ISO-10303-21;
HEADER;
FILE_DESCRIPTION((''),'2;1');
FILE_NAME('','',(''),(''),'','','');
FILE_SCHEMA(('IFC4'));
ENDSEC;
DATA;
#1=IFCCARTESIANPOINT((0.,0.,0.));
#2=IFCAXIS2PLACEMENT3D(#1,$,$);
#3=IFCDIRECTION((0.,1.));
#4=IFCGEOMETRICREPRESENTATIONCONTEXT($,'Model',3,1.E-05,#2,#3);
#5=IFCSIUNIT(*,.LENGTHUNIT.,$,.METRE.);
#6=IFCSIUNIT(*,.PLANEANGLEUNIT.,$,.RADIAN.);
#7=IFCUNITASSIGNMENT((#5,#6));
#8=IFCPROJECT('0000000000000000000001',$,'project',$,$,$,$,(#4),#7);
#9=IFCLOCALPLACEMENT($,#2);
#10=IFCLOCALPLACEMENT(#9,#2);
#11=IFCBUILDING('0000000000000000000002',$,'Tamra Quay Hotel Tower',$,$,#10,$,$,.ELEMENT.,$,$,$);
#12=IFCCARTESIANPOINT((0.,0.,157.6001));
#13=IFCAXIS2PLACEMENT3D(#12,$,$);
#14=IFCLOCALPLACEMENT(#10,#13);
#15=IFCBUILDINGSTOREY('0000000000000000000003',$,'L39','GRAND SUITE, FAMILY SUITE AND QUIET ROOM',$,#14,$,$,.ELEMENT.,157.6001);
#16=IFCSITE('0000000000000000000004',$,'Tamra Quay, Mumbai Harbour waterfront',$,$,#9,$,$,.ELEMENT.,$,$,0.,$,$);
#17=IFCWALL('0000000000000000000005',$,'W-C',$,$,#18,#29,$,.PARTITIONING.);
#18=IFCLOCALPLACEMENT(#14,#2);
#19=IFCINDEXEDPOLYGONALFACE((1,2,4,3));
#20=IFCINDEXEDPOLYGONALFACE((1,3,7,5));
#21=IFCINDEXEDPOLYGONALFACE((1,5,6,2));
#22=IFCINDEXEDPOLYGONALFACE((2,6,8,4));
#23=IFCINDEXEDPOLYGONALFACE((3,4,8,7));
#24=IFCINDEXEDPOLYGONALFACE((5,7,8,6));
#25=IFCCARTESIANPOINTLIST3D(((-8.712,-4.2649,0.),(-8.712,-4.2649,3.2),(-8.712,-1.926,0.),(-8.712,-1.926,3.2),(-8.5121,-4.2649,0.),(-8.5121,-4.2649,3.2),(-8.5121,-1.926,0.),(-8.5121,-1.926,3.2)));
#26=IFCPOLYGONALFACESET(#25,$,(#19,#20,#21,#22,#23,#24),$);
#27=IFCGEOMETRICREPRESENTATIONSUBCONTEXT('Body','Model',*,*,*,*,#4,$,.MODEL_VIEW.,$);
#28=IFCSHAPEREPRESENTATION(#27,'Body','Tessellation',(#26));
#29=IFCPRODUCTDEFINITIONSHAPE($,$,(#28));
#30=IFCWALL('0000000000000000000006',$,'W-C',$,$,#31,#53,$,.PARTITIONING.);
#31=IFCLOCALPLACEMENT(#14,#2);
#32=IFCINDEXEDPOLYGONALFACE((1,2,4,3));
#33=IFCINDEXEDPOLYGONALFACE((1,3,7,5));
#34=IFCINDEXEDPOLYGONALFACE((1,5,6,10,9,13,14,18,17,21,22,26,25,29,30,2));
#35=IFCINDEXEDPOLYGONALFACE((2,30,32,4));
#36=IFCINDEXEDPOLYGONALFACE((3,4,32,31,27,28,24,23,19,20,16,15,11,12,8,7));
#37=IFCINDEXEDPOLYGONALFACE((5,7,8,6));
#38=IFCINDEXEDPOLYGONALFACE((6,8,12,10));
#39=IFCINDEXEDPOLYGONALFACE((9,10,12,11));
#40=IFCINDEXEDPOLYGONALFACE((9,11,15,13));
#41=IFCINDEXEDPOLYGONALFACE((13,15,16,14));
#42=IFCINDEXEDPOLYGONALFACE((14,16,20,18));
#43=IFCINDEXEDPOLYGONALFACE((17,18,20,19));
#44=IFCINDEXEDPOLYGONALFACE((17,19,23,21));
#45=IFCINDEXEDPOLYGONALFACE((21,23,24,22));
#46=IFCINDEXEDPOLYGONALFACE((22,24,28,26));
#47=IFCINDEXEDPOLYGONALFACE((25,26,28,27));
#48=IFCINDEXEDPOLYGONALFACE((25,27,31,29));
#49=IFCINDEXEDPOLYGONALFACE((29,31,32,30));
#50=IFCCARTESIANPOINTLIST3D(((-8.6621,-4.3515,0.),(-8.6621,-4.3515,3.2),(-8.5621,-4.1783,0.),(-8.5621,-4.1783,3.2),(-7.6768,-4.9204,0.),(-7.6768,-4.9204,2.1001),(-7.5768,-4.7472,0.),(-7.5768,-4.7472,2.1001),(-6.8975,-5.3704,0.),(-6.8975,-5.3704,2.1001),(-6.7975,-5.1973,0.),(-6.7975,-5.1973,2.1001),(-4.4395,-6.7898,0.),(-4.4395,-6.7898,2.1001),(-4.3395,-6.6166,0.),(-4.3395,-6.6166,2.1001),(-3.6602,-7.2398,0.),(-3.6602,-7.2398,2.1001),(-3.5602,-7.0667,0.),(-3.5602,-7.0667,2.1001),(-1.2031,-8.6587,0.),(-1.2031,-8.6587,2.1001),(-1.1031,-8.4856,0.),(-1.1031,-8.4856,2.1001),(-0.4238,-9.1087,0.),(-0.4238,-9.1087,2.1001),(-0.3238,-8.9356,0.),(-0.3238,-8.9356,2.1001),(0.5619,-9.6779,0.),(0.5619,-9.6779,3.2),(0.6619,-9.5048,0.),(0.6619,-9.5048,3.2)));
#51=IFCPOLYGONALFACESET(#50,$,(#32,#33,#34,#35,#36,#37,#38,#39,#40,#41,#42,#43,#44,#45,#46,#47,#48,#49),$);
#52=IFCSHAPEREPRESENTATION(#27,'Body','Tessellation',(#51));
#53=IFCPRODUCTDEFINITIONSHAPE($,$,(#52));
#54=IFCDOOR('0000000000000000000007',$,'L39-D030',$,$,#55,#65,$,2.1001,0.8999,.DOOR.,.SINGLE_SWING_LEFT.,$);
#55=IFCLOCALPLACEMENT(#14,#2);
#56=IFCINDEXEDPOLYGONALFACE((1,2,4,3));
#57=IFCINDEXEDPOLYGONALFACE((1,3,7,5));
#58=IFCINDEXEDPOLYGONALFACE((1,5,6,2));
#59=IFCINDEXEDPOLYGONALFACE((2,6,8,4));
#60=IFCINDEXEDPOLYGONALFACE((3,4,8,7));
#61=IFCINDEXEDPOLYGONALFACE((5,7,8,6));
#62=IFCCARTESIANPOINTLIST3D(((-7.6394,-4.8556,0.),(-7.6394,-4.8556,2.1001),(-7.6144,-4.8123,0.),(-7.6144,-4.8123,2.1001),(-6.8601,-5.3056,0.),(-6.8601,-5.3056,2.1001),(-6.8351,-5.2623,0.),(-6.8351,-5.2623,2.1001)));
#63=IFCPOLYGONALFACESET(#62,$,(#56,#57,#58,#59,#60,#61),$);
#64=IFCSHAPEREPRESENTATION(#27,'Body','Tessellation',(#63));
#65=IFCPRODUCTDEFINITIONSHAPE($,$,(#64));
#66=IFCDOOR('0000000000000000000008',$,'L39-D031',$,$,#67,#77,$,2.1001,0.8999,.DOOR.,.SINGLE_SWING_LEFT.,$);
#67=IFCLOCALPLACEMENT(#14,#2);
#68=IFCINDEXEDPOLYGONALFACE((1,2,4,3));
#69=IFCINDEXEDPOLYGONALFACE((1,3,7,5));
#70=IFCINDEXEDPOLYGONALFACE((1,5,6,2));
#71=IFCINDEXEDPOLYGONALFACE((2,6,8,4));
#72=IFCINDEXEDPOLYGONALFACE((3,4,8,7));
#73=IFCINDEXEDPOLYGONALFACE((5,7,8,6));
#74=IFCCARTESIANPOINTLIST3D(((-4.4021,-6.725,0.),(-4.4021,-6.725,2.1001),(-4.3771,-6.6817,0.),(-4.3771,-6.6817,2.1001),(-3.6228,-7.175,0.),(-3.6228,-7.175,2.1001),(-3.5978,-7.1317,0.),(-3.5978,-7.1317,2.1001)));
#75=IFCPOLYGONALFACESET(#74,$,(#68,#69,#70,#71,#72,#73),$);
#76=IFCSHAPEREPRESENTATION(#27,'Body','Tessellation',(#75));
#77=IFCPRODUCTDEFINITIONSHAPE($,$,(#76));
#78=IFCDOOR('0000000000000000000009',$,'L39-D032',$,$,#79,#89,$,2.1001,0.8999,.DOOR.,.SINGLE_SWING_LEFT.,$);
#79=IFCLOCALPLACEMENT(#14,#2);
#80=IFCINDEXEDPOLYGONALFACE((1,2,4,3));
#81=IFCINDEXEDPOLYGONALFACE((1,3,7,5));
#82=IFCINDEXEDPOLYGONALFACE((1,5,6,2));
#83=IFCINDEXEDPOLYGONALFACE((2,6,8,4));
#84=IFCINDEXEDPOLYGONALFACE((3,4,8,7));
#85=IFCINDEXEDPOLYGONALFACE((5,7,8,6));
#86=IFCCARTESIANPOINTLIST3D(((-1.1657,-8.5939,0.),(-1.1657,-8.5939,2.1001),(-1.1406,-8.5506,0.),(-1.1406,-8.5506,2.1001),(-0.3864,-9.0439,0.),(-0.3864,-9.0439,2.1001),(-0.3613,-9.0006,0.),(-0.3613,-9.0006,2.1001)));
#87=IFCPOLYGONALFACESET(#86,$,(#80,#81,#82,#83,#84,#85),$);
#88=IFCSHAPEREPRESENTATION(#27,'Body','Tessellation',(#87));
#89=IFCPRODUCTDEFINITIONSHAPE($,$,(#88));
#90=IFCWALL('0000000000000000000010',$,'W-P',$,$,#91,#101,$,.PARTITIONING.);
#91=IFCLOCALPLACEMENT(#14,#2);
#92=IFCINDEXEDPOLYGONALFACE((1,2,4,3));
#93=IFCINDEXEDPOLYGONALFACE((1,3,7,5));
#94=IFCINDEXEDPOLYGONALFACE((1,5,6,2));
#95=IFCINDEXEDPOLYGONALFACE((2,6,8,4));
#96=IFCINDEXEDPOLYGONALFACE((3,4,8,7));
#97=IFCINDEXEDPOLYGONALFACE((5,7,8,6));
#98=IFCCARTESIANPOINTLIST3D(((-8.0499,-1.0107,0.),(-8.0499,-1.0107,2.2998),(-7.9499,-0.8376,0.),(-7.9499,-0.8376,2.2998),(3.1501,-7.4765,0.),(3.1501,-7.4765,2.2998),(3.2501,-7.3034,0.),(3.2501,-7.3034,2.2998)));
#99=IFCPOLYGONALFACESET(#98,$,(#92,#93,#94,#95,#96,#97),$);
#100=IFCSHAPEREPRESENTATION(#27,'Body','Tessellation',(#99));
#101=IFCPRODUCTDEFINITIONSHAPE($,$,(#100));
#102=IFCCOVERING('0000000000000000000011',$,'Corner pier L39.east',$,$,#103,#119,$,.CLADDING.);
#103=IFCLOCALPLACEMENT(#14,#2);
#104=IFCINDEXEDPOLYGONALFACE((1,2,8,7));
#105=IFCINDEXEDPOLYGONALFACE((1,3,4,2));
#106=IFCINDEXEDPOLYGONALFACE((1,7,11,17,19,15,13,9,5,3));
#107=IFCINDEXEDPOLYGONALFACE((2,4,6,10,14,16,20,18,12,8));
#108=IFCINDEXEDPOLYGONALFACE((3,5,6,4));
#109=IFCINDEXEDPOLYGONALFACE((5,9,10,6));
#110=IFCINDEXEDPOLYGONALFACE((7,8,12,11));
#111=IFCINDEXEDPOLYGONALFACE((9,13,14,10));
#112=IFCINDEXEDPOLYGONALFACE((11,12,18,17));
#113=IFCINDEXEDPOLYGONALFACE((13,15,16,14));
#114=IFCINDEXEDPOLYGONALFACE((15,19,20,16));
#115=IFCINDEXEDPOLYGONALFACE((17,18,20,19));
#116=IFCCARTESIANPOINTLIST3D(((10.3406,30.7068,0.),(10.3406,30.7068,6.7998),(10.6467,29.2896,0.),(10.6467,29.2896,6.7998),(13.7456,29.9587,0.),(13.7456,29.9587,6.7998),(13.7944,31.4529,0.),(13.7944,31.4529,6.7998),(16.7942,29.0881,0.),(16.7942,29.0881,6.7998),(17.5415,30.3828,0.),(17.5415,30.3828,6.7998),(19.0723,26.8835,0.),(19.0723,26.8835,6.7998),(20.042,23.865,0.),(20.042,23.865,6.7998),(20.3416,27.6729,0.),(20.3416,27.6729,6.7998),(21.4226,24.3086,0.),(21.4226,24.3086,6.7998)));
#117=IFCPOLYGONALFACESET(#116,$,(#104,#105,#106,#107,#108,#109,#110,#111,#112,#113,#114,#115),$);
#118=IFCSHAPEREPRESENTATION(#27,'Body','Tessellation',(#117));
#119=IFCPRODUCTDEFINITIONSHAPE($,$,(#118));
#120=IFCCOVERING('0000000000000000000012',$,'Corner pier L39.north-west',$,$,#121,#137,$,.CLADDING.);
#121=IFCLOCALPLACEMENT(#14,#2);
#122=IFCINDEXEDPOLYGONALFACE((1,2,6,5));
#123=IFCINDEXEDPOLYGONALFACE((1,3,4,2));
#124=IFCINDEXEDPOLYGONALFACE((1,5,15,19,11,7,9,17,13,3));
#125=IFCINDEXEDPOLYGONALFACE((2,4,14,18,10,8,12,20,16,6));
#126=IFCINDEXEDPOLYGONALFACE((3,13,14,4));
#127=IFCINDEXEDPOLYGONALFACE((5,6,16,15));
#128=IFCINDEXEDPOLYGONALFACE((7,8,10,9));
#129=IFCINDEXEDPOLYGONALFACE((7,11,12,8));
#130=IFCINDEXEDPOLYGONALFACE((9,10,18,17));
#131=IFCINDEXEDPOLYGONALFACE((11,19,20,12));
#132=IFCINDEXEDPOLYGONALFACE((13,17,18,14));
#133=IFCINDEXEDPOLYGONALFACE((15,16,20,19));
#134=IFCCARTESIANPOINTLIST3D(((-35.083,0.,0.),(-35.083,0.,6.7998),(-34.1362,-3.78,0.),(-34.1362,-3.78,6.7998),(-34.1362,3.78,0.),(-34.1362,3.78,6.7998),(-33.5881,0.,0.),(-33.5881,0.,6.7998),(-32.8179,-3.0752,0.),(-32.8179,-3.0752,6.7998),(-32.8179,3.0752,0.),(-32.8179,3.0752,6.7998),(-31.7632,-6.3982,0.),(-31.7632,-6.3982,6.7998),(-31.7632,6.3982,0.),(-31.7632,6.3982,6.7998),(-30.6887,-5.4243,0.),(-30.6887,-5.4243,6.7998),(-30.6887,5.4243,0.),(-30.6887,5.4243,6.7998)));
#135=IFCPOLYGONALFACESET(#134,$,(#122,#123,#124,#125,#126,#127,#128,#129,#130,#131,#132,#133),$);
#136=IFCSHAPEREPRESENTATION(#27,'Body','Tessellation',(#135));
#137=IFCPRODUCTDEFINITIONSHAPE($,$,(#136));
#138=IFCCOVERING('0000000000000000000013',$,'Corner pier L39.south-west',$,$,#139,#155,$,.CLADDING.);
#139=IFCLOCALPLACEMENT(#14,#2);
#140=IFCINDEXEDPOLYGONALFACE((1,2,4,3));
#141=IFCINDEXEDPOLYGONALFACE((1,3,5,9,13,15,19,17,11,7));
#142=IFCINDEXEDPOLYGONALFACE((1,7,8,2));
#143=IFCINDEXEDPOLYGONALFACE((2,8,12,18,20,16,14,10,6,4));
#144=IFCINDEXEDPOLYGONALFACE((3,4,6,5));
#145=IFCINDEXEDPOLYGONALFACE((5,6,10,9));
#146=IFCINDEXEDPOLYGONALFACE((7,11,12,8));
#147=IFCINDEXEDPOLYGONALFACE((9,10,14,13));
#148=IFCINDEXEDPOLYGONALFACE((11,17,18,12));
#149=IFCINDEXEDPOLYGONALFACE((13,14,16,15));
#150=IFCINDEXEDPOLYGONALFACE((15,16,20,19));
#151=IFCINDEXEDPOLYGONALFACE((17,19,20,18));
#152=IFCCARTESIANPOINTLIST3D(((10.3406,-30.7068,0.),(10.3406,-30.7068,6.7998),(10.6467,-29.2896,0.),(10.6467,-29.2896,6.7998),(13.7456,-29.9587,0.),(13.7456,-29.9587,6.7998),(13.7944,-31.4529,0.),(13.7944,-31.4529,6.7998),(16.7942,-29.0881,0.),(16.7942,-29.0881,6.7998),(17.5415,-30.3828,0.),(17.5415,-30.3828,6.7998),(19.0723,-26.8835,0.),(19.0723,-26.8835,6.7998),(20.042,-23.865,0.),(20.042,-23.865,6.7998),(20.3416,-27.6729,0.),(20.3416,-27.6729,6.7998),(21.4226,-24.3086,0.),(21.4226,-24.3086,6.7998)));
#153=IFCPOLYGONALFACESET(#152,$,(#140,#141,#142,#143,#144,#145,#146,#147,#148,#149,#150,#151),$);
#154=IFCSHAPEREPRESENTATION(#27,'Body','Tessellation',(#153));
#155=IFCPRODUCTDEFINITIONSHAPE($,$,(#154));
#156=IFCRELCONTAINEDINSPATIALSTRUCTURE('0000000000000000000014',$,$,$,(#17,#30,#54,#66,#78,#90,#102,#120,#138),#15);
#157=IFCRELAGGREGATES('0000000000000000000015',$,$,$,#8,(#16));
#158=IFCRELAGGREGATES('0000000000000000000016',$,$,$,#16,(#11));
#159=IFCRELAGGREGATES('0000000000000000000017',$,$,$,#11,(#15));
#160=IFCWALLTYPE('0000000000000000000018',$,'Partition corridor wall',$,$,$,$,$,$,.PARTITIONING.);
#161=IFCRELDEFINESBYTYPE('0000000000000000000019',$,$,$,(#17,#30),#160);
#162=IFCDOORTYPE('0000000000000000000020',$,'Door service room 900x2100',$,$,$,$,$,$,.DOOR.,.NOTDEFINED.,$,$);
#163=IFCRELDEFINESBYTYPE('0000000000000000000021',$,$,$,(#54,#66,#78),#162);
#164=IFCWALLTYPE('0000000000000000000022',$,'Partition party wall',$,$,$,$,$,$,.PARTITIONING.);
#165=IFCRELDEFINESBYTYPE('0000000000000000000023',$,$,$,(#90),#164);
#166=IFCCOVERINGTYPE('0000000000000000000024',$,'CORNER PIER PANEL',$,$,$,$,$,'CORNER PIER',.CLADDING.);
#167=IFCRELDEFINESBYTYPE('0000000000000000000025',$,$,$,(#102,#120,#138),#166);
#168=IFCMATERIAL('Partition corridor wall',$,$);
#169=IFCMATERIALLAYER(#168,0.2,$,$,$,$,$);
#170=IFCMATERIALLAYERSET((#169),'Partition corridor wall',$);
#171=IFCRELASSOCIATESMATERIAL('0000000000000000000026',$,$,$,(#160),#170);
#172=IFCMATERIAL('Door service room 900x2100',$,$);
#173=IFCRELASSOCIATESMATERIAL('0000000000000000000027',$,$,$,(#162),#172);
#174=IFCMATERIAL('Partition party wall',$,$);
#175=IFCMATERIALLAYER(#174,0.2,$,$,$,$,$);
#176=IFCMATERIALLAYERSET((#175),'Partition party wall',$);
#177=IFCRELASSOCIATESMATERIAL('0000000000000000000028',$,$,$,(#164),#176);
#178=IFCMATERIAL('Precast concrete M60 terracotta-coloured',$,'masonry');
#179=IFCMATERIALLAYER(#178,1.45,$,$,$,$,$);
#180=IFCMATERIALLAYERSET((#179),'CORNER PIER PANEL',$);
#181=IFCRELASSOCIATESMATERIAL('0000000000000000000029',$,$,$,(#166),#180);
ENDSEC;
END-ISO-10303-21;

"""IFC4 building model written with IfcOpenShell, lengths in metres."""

from ifc_helpers import new_model, si_unit, direction, frame, frame_2d, origin, place, context, subcontext, project, spatial, polyline, rectangle, outline, extrude, material, layer, layer_set, type_object, element, fill, save


model = new_model("IFC4")

# Units and contexts
model_context = context("Model", 3, precision=1e-05, world=origin(), true_north=direction((0.0, 1.0)))
body_context = subcontext(model_context, "Body", "Model", "MODEL_VIEW")
ifc_project = project(units=[si_unit("LENGTHUNIT", "METRE"), si_unit("PLANEANGLEUNIT", "RADIAN")], contexts=[model_context])

# Site, building, storey
site_placement = place(None, origin())
site = spatial("IfcSite", under=ifc_project, at=site_placement, Name="Tamra Quay, Mumbai Harbour waterfront", CompositionType="ELEMENT", RefElevation=0.0)
building_placement = place(site_placement, origin())
building = spatial("IfcBuilding", under=site, at=building_placement, Name="Tamra Quay Hotel Tower", CompositionType="ELEMENT")
storey_placement = place(building_placement, frame((0.0, 0.0, 157.6001)))
storey = spatial("IfcBuildingStorey", under=building, at=storey_placement, Name="L39", Description="GRAND SUITE, FAMILY SUITE AND QUIET ROOM", CompositionType="ELEMENT", Elevation=157.6001)

# Shared definitions
ifc_material_1 = material(Name="Partition corridor wall")
ifc_layer_1 = layer(ifc_material_1, 0.2)
ifc_layer_set_1 = layer_set([ifc_layer_1], Name="Partition corridor wall")
wall_type_1 = type_object("IfcWallType", Name="Partition corridor wall", PredefinedType="PARTITIONING", material=ifc_layer_set_1)

# Wall
wall_1_placement = place(storey_placement, frame((-8.6121, -4.2649, 0.0), z_axis=(0.0, 0.0, 1.0), x_axis=(0.0, 1.0, 0.0)))
element("IfcWall", 1, at=wall_1_placement, inside=storey, type_object=wall_type_1, Name="W-C", PredefinedType="PARTITIONING", context=body_context, shape_type="SweptSolid", body=[
    extrude(rectangle(XDim=2.3389, YDim=0.2, at=frame_2d((1.1694, 0.0))), origin(), (0.0, 0.0, 1.0), 3.2),
])

# Wall, openings, doors
wall_2_placement = place(storey_placement, frame((-8.6121, -4.2649, 0.0), z_axis=(0.0, 0.0, 1.0), x_axis=(0.865984, -0.500071, 0.0)))
wall_2 = element("IfcWall", 2, at=wall_2_placement, inside=storey, type_object=wall_type_1, Name="W-C", PredefinedType="PARTITIONING", context=body_context, shape_type="SweptSolid", body=[
    extrude(rectangle(XDim=10.6514, YDim=0.2, at=frame_2d((5.3257, 0.0))), origin(), (0.0, 0.0, 1.0), 3.2),
])
opening_1_placement = place(wall_2_placement, frame((1.1377, 0.0, 0.0)))
opening_1 = element("IfcOpeningElement", 3, at=opening_1_placement, cuts=wall_2, PredefinedType="OPENING", context=body_context, shape_type="SweptSolid", body=[
    extrude(rectangle(XDim=0.8999, YDim=2.1001, at=frame_2d((0.45, 1.05))), frame((0.0, 0.1099, 0.0), z_axis=(0.0, -1.0, 0.0), x_axis=(1.0, 0.0, 0.0)), (0.0, 0.0, 1.0), 0.22),
])
opening_2_placement = place(wall_2_placement, frame((4.876, 0.0, 0.0)))
opening_2 = element("IfcOpeningElement", 4, at=opening_2_placement, cuts=wall_2, PredefinedType="OPENING", context=body_context, shape_type="SweptSolid", body=[
    extrude(rectangle(XDim=0.8999, YDim=2.1001, at=frame_2d((0.45, 1.05))), frame((0.0, 0.1099, 0.0), z_axis=(0.0, -1.0, 0.0), x_axis=(1.0, 0.0, 0.0)), (0.0, 0.0, 1.0), 0.22),
])
opening_3_placement = place(wall_2_placement, frame((8.6133, 0.0, 0.0)))
opening_3 = element("IfcOpeningElement", 5, at=opening_3_placement, cuts=wall_2, PredefinedType="OPENING", context=body_context, shape_type="SweptSolid", body=[
    extrude(rectangle(XDim=0.8999, YDim=2.1001, at=frame_2d((0.45, 1.05))), frame((0.0, 0.1099, 0.0), z_axis=(0.0, -1.0, 0.0), x_axis=(1.0, 0.0, 0.0)), (0.0, 0.0, 1.0), 0.22),
])
ifc_material_2 = material(Name="Door service room 900x2100")
door_type_1 = type_object("IfcDoorType", Name="Door service room 900x2100", OperationType="NOTDEFINED", PredefinedType="DOOR", material=ifc_material_2)
door_1_placement = place(opening_1_placement, origin())
door_1 = element("IfcDoor", 6, at=door_1_placement, inside=storey, type_object=door_type_1, Name="L39-D030", OperationType="SINGLE_SWING_LEFT", OverallHeight=2.1001, OverallWidth=0.8999, PredefinedType="DOOR", context=body_context, shape_type="SweptSolid", body=[
    extrude(rectangle(XDim=0.8999, YDim=2.1001, at=frame_2d((0.45, 1.05))), frame((0.0, 0.0249, 0.0), z_axis=(0.0, -1.0, 0.0), x_axis=(1.0, 0.0, 0.0)), (0.0, 0.0, 1.0), 0.05),
])
fill(opening_1, door_1)
door_2_placement = place(opening_2_placement, origin())
door_2 = element("IfcDoor", 7, at=door_2_placement, inside=storey, type_object=door_type_1, Name="L39-D031", OperationType="SINGLE_SWING_LEFT", OverallHeight=2.1001, OverallWidth=0.8999, PredefinedType="DOOR", context=body_context, shape_type="SweptSolid", body=[
    extrude(rectangle(XDim=0.8999, YDim=2.1001, at=frame_2d((0.45, 1.05))), frame((0.0, 0.0249, 0.0), z_axis=(0.0, -1.0, 0.0), x_axis=(1.0, 0.0, 0.0)), (0.0, 0.0, 1.0), 0.05),
])
fill(opening_2, door_2)
door_3_placement = place(opening_3_placement, origin())
door_3 = element("IfcDoor", 8, at=door_3_placement, inside=storey, type_object=door_type_1, Name="L39-D032", OperationType="SINGLE_SWING_LEFT", OverallHeight=2.1001, OverallWidth=0.8999, PredefinedType="DOOR", context=body_context, shape_type="SweptSolid", body=[
    extrude(rectangle(XDim=0.8999, YDim=2.1001, at=frame_2d((0.45, 1.05))), frame((0.0, 0.0249, 0.0), z_axis=(0.0, -1.0, 0.0), x_axis=(1.0, 0.0, 0.0)), (0.0, 0.0, 1.0), 0.05),
])
fill(opening_3, door_3)

# Wall
ifc_material_3 = material(Name="Partition party wall")
ifc_layer_2 = layer(ifc_material_3, 0.2)
ifc_layer_set_2 = layer_set([ifc_layer_2], Name="Partition party wall")
wall_type_2 = type_object("IfcWallType", Name="Partition party wall", PredefinedType="PARTITIONING", material=ifc_layer_set_2)
wall_3_placement = place(storey_placement, frame((-8.0, -0.9241, 0.0), z_axis=(0.0, 0.0, 1.0), x_axis=(0.866041, -0.499972, 0.0)))
element("IfcWall", 9, at=wall_3_placement, inside=storey, type_object=wall_type_2, Name="W-P", PredefinedType="PARTITIONING", context=body_context, shape_type="SweptSolid", body=[
    extrude(rectangle(XDim=12.9324, YDim=0.2, at=frame_2d((6.4663, 0.0))), origin(), (0.0, 0.0, 1.0), 2.2998),
])

# Coverings
ifc_material_4 = material(Name="Precast concrete M60 terracotta-coloured", Category="masonry")
ifc_layer_3 = layer(ifc_material_4, 1.45)
ifc_layer_set_3 = layer_set([ifc_layer_3], Name="CORNER PIER PANEL")
covering_type = type_object("IfcCoveringType", Name="CORNER PIER PANEL", ElementType="CORNER PIER", PredefinedType="CLADDING", material=ifc_layer_set_3)
covering_1_placement = place(storey_placement, origin())
element("IfcCovering", 10, at=covering_1_placement, inside=storey, type_object=covering_type, Name="Corner pier L39.east", PredefinedType="CLADDING", context=body_context, shape_type="SweptSolid", body=[
    extrude(outline(polyline([(20.042, 23.865), (21.4226, 24.3086), (20.3416, 27.6729), (17.5415, 30.3828), (13.7944, 31.4529), (10.3406, 30.7068), (10.6467, 29.2896), (13.7456, 29.9587), (16.7942, 29.0881), (19.0723, 26.8835), (20.042, 23.865)])), origin(), (0.0, 0.0, 1.0), 6.7998),
])
covering_2_placement = place(storey_placement, origin())
element("IfcCovering", 11, at=covering_2_placement, inside=storey, type_object=covering_type, Name="Corner pier L39.north-west", PredefinedType="CLADDING", context=body_context, shape_type="SweptSolid", body=[
    extrude(outline(polyline([(-30.6887, 5.4243), (-31.7632, 6.3982), (-34.1362, 3.78), (-35.083, 0.0), (-34.1362, -3.78), (-31.7632, -6.3982), (-30.6887, -5.4243), (-32.8179, -3.0752), (-33.5881, 0.0), (-32.8179, 3.0752), (-30.6887, 5.4243)])), origin(), (0.0, 0.0, 1.0), 6.7998),
])
covering_3_placement = place(storey_placement, origin())
element("IfcCovering", 12, at=covering_3_placement, inside=storey, type_object=covering_type, Name="Corner pier L39.south-west", PredefinedType="CLADDING", context=body_context, shape_type="SweptSolid", body=[
    extrude(outline(polyline([(10.6467, -29.2896), (10.3406, -30.7068), (13.7944, -31.4529), (17.5415, -30.3828), (20.3416, -27.6729), (21.4226, -24.3086), (20.042, -23.865), (19.0723, -26.8835), (16.7942, -29.0881), (13.7456, -29.9587), (10.6467, -29.2896)])), origin(), (0.0, 0.0, 1.0), 6.7998),
])

save(model, "model.ifc")
